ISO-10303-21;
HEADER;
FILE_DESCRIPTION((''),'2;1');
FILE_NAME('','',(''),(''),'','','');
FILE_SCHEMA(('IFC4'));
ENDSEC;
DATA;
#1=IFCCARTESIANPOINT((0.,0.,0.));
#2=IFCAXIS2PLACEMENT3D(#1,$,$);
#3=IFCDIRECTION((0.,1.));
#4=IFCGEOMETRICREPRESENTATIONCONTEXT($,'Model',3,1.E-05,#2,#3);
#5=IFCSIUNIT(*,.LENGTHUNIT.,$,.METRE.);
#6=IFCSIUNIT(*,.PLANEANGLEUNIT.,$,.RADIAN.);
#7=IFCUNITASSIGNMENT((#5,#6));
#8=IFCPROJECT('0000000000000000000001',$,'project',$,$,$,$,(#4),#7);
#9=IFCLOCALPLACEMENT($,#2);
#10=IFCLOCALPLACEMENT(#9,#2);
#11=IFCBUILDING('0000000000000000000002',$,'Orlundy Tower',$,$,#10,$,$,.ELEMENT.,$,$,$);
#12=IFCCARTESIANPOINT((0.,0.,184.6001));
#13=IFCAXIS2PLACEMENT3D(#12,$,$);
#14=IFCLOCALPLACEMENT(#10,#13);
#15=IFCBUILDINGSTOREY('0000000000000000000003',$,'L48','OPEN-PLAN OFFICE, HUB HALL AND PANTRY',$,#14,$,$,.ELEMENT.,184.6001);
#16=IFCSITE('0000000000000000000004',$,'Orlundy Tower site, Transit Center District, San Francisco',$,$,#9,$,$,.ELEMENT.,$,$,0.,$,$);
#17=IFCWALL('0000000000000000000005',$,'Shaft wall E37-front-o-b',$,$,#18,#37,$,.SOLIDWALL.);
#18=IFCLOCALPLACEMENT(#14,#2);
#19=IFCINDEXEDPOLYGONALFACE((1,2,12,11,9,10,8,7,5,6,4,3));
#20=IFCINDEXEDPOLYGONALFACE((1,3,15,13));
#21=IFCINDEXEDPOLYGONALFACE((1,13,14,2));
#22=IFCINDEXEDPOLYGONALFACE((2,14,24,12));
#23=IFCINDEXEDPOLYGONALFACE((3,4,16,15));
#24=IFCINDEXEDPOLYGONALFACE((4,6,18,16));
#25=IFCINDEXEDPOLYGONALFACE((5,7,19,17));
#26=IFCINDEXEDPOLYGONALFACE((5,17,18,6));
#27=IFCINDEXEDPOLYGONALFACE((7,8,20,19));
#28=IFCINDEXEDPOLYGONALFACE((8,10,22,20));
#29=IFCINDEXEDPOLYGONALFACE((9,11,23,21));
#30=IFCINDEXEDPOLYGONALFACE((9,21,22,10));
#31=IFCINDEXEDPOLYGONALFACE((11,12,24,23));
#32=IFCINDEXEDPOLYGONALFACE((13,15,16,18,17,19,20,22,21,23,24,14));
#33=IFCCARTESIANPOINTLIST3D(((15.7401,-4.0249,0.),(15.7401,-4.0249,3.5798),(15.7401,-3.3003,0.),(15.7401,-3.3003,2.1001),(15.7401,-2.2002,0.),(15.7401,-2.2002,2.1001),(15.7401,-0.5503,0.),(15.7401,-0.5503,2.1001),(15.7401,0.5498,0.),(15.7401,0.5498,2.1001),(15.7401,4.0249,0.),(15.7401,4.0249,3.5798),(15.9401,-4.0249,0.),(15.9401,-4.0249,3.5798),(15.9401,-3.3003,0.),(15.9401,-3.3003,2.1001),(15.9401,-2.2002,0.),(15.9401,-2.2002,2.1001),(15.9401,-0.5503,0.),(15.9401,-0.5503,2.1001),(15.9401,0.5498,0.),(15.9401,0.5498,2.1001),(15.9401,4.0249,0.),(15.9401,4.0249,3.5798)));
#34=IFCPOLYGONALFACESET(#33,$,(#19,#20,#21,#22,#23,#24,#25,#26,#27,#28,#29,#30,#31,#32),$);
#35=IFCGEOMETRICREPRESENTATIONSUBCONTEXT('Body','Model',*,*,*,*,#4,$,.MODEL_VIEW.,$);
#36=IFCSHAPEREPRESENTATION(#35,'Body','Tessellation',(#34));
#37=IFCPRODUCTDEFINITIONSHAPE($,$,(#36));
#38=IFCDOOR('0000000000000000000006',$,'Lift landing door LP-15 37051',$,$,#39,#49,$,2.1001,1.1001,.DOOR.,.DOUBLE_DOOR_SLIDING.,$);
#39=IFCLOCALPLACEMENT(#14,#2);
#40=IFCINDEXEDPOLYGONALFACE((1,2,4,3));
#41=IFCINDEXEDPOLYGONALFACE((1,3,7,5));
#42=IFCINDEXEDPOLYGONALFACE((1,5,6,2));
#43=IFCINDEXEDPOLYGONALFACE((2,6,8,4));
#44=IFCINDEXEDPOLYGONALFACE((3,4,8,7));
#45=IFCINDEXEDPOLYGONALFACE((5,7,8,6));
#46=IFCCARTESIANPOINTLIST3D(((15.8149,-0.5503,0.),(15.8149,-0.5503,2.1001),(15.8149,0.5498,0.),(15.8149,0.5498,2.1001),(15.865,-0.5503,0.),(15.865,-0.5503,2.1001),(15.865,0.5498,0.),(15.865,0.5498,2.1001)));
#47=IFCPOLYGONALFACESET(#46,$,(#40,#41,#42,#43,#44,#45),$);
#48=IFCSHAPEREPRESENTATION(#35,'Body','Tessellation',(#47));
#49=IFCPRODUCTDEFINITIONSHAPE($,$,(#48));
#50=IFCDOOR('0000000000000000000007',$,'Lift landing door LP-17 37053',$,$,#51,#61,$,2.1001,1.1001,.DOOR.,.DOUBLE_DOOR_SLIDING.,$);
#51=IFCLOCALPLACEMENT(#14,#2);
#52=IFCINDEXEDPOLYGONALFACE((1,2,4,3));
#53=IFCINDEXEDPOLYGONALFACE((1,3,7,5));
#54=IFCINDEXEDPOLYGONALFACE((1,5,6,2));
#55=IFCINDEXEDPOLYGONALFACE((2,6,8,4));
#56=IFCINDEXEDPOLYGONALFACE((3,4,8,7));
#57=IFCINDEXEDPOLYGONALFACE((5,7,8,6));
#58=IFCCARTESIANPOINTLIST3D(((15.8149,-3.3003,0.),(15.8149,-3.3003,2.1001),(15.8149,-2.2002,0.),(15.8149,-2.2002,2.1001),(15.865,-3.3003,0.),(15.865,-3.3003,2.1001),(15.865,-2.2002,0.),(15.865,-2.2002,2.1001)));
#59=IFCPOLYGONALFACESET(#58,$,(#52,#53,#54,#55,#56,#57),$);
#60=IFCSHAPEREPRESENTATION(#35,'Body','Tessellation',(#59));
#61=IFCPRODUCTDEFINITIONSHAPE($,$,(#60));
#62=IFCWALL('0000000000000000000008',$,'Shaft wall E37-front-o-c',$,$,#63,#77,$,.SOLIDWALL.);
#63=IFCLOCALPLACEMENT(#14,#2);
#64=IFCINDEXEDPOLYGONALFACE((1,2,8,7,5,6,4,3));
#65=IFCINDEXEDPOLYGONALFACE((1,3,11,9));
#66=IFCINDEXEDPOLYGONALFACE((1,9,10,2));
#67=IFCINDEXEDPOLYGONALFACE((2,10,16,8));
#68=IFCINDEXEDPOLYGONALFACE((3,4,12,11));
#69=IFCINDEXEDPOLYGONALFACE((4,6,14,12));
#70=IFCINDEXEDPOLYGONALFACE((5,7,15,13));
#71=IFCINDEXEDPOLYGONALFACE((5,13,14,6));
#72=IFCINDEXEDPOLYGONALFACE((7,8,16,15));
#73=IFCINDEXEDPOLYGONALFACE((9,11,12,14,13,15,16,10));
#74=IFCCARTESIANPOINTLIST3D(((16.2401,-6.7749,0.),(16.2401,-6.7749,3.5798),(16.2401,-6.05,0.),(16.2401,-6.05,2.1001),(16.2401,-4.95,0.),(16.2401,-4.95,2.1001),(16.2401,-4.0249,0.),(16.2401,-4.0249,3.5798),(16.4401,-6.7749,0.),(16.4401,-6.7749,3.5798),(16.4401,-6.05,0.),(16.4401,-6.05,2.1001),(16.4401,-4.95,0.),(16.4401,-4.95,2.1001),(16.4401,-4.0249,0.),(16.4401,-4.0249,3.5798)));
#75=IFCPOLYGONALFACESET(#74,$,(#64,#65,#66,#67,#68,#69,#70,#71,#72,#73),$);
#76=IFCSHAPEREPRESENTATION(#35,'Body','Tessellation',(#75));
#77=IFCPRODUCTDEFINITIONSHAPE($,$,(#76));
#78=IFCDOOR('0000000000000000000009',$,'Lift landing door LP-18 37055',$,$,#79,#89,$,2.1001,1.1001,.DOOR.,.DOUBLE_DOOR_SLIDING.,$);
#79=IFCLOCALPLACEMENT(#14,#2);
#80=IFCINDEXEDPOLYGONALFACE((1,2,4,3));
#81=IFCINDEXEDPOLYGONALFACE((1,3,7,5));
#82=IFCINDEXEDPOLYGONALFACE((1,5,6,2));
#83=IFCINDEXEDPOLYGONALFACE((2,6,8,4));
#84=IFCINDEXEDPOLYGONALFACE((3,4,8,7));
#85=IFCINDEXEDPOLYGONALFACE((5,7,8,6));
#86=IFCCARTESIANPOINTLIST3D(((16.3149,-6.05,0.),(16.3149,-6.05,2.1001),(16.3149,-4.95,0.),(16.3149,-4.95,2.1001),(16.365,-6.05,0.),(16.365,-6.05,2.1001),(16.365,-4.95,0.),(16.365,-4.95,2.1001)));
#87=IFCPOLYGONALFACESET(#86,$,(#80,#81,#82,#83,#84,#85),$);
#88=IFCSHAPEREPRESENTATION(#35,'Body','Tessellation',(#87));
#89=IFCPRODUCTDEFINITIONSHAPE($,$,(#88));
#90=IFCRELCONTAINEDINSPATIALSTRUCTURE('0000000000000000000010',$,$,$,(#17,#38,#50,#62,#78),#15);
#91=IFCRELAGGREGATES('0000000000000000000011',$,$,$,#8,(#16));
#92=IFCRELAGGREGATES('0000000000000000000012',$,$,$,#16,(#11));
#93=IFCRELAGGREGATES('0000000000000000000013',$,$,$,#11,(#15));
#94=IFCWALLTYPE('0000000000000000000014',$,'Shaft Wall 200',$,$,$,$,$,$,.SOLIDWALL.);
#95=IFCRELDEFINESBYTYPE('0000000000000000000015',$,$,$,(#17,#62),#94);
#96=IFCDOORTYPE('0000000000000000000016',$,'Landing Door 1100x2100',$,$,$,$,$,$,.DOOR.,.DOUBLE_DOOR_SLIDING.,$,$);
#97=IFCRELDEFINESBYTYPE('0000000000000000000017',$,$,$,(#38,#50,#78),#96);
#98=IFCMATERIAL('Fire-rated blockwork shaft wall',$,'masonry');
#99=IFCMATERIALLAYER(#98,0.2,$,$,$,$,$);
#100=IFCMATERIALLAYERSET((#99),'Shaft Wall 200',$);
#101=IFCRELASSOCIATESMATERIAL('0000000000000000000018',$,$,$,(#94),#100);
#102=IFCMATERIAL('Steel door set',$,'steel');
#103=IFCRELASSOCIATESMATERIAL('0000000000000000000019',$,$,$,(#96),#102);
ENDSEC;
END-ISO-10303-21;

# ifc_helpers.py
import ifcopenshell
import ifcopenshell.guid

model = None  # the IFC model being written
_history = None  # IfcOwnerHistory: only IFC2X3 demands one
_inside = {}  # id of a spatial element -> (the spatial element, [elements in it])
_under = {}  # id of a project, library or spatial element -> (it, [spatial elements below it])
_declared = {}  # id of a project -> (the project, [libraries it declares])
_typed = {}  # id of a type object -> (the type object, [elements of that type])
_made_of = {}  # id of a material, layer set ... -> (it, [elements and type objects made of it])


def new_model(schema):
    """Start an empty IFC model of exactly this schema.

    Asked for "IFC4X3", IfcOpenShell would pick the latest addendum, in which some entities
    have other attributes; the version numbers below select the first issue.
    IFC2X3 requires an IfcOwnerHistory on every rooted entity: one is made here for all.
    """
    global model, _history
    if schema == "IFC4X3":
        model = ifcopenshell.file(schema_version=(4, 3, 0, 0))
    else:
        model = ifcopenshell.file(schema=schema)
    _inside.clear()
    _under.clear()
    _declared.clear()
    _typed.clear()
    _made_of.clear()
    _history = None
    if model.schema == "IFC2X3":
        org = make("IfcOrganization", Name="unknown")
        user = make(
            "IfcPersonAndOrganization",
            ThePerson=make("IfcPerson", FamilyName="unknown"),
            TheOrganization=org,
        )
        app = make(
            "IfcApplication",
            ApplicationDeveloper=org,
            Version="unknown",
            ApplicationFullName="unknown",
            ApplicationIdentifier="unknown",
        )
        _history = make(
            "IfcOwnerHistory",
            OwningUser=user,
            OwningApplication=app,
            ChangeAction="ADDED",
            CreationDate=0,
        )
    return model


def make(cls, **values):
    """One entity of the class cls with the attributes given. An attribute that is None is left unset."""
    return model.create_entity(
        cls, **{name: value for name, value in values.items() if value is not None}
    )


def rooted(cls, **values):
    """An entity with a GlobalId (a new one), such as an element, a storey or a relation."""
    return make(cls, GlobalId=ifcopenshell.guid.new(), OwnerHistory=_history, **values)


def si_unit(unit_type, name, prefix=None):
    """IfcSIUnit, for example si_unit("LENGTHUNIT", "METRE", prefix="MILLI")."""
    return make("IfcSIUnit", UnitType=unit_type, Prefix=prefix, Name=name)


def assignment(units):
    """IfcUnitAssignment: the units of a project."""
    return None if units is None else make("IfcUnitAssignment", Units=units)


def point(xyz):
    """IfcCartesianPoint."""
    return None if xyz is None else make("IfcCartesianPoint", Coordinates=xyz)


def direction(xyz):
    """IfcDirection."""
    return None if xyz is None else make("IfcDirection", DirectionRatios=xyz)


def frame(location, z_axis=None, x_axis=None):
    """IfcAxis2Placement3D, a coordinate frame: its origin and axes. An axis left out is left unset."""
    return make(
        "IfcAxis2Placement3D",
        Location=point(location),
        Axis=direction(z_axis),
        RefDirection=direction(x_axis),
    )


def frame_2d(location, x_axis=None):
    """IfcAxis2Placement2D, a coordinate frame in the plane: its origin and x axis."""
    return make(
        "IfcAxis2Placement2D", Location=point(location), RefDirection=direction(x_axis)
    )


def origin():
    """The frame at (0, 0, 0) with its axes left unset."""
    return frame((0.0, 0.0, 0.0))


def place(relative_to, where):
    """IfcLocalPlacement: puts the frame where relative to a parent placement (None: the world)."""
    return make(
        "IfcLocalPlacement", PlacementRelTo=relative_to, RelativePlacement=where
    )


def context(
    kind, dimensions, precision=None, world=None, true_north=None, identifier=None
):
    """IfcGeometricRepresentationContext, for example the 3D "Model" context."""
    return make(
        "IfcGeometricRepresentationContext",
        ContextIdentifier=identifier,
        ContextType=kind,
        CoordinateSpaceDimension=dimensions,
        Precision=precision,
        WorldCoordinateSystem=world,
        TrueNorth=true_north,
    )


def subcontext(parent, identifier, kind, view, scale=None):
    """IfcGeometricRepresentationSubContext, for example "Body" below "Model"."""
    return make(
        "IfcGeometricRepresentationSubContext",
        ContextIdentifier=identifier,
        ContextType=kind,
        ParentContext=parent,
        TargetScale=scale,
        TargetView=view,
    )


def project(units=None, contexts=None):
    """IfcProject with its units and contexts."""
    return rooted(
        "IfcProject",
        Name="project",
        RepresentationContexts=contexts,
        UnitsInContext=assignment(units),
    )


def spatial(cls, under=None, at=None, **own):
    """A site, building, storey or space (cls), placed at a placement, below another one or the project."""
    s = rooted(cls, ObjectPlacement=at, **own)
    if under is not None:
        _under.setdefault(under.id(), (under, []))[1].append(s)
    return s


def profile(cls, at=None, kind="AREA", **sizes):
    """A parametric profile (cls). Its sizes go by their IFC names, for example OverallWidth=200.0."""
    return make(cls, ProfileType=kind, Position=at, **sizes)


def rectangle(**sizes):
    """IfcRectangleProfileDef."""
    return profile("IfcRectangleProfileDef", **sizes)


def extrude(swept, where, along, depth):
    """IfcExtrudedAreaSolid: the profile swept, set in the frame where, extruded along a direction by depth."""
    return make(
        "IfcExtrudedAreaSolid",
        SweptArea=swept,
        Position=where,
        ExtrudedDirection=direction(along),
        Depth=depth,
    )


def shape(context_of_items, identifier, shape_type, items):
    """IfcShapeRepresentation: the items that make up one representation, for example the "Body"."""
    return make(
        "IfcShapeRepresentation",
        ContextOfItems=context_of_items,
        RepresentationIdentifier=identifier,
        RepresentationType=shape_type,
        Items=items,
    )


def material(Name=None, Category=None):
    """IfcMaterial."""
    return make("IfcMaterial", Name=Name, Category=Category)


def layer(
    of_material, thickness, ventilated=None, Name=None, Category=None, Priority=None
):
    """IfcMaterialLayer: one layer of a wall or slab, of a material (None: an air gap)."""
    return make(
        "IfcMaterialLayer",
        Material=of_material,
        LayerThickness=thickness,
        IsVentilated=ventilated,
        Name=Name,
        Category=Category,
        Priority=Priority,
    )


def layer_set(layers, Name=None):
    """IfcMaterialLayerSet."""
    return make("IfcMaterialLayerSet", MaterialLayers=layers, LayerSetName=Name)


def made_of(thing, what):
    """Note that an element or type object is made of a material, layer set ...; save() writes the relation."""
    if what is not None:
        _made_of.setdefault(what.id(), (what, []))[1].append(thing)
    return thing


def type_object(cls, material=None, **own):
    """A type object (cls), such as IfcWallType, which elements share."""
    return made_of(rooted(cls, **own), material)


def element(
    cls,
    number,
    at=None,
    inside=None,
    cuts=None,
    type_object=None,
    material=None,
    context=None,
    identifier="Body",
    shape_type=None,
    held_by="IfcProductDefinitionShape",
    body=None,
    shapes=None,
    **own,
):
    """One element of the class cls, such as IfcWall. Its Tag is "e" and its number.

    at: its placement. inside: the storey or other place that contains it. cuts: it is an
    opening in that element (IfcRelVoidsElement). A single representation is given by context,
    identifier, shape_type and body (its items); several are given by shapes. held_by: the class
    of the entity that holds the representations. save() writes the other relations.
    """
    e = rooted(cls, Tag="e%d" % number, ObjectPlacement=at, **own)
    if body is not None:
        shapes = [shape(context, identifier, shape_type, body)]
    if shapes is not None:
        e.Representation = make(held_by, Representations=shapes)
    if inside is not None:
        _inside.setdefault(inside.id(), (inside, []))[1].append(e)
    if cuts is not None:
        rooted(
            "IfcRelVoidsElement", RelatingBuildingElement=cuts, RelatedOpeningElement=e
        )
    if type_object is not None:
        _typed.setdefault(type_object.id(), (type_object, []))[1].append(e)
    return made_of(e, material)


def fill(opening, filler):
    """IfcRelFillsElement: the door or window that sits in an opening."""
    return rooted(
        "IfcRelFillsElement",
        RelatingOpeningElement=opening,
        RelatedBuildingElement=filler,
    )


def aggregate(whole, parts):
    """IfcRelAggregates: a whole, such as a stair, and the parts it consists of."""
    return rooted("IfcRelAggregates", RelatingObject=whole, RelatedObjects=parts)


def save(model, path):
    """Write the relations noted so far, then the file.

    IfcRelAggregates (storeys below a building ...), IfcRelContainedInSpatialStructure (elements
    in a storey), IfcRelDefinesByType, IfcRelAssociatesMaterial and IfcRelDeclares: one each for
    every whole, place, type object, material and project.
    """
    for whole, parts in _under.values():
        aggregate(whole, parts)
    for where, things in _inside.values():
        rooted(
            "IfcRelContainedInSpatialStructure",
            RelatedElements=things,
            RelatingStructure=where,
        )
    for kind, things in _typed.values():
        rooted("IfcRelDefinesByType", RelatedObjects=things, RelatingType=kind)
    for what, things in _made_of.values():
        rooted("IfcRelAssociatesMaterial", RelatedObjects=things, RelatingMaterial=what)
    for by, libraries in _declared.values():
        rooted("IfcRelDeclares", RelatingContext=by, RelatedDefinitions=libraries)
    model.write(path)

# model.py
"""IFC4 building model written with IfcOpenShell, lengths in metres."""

from ifc_helpers import new_model, si_unit, direction, frame, frame_2d, origin, place, context, subcontext, project, spatial, rectangle, extrude, material, layer, layer_set, type_object, element, fill, save


model = new_model("IFC4")

# Units and contexts
model_context = context("Model", 3, precision=1e-05, world=origin(), true_north=direction((0.0, 1.0)))
body_context = subcontext(model_context, "Body", "Model", "MODEL_VIEW")
ifc_project = project(units=[si_unit("LENGTHUNIT", "METRE"), si_unit("PLANEANGLEUNIT", "RADIAN")], contexts=[model_context])

# Site, building, storey
site_placement = place(None, origin())
site = spatial("IfcSite", under=ifc_project, at=site_placement, Name="Orlundy Tower site, Transit Center District, San Francisco", CompositionType="ELEMENT", RefElevation=0.0)
building_placement = place(site_placement, origin())
building = spatial("IfcBuilding", under=site, at=building_placement, Name="Orlundy Tower", CompositionType="ELEMENT")
storey_placement = place(building_placement, frame((0.0, 0.0, 184.6001)))
storey = spatial("IfcBuildingStorey", under=building, at=storey_placement, Name="L48", Description="OPEN-PLAN OFFICE, HUB HALL AND PANTRY", CompositionType="ELEMENT", Elevation=184.6001)

# Shared definitions
ifc_material_1 = material(Name="Fire-rated blockwork shaft wall", Category="masonry")
ifc_layer_1 = layer(ifc_material_1, 0.2)
ifc_layer_set_1 = layer_set([ifc_layer_1], Name="Shaft Wall 200")
wall_type_1 = type_object("IfcWallType", Name="Shaft Wall 200", PredefinedType="SOLIDWALL", material=ifc_layer_set_1)

# Shared definitions
ifc_material_2 = material(Name="Steel door set", Category="steel")
door_type_1 = type_object("IfcDoorType", Name="Landing Door 1100x2100", OperationType="DOUBLE_DOOR_SLIDING", PredefinedType="DOOR", material=ifc_material_2)

# Wall, openings, doors
wall_1_placement = place(storey_placement, frame((15.8401, 4.0249, 0.0), z_axis=(0.0, 0.0, 1.0), x_axis=(0.0, -1.0, 0.0)))
wall_1 = element("IfcWall", 1, at=wall_1_placement, inside=storey, type_object=wall_type_1, Name="Shaft wall E37-front-o-b", PredefinedType="SOLIDWALL", context=body_context, shape_type="SweptSolid", body=[
    extrude(rectangle(XDim=8.0498, YDim=0.2, at=frame_2d((4.0249, 0.0))), origin(), (0.0, 0.0, 1.0), 3.5798),
])
opening_1_placement = place(wall_1_placement, frame((3.4751, 0.0, 0.0)))
opening_1 = element("IfcOpeningElement", 2, at=opening_1_placement, cuts=wall_1, PredefinedType="OPENING", context=body_context, shape_type="SweptSolid", body=[
    extrude(rectangle(XDim=1.1001, YDim=2.1001, at=frame_2d((0.55, 1.05))), frame((0.0, 0.1101, 0.0), z_axis=(0.0, -1.0, 0.0), x_axis=(1.0, 0.0, 0.0)), (0.0, 0.0, 1.0), 0.2202),
])
opening_2_placement = place(wall_1_placement, frame((6.2251, 0.0, 0.0)))
opening_2 = element("IfcOpeningElement", 3, at=opening_2_placement, cuts=wall_1, PredefinedType="OPENING", context=body_context, shape_type="SweptSolid", body=[
    extrude(rectangle(XDim=1.1001, YDim=2.1001, at=frame_2d((0.55, 1.05))), frame((0.0, 0.1101, 0.0), z_axis=(0.0, -1.0, 0.0), x_axis=(1.0, 0.0, 0.0)), (0.0, 0.0, 1.0), 0.2202),
])
door_1_placement = place(opening_1_placement, origin())
door_1 = element("IfcDoor", 4, at=door_1_placement, inside=storey, type_object=door_type_1, Name="Lift landing door LP-15 37051", OperationType="DOUBLE_DOOR_SLIDING", OverallHeight=2.1001, OverallWidth=1.1001, PredefinedType="DOOR", context=body_context, shape_type="SweptSolid", body=[
    extrude(rectangle(XDim=1.1001, YDim=2.1001, at=frame_2d((0.55, 1.05))), frame((0.0, 0.0249, 0.0), z_axis=(0.0, -1.0, 0.0), x_axis=(1.0, 0.0, 0.0)), (0.0, 0.0, 1.0), 0.05),
])
fill(opening_1, door_1)
door_2_placement = place(opening_2_placement, origin())
door_2 = element("IfcDoor", 5, at=door_2_placement, inside=storey, type_object=door_type_1, Name="Lift landing door LP-17 37053", OperationType="DOUBLE_DOOR_SLIDING", OverallHeight=2.1001, OverallWidth=1.1001, PredefinedType="DOOR", context=body_context, shape_type="SweptSolid", body=[
    extrude(rectangle(XDim=1.1001, YDim=2.1001, at=frame_2d((0.55, 1.05))), frame((0.0, 0.0249, 0.0), z_axis=(0.0, -1.0, 0.0), x_axis=(1.0, 0.0, 0.0)), (0.0, 0.0, 1.0), 0.05),
])
fill(opening_2, door_2)

# Wall, opening, door
wall_2_placement = place(storey_placement, frame((16.3401, -4.0249, 0.0), z_axis=(0.0, 0.0, 1.0), x_axis=(0.0, -1.0, 0.0)))
wall_2 = element("IfcWall", 6, at=wall_2_placement, inside=storey, type_object=wall_type_1, Name="Shaft wall E37-front-o-c", PredefinedType="SOLIDWALL", context=body_context, shape_type="SweptSolid", body=[
    extrude(rectangle(XDim=2.75, YDim=0.2, at=frame_2d((1.375, 0.0))), origin(), (0.0, 0.0, 1.0), 3.5798),
])
opening_3_placement = place(wall_2_placement, frame((0.925, 0.0, 0.0)))
opening_3 = element("IfcOpeningElement", 7, at=opening_3_placement, cuts=wall_2, PredefinedType="OPENING", context=body_context, shape_type="SweptSolid", body=[
    extrude(rectangle(XDim=1.1001, YDim=2.1001, at=frame_2d((0.55, 1.05))), frame((0.0, 0.1101, 0.0), z_axis=(0.0, -1.0, 0.0), x_axis=(1.0, 0.0, 0.0)), (0.0, 0.0, 1.0), 0.2202),
])
door_3_placement = place(opening_3_placement, origin())
door_3 = element("IfcDoor", 8, at=door_3_placement, inside=storey, type_object=door_type_1, Name="Lift landing door LP-18 37055", OperationType="DOUBLE_DOOR_SLIDING", OverallHeight=2.1001, OverallWidth=1.1001, PredefinedType="DOOR", context=body_context, shape_type="SweptSolid", body=[
    extrude(rectangle(XDim=1.1001, YDim=2.1001, at=frame_2d((0.55, 1.05))), frame((0.0, 0.0249, 0.0), z_axis=(0.0, -1.0, 0.0), x_axis=(1.0, 0.0, 0.0)), (0.0, 0.0, 1.0), 0.05),
])
fill(opening_3, door_3)

save(model, "model.ifc")
